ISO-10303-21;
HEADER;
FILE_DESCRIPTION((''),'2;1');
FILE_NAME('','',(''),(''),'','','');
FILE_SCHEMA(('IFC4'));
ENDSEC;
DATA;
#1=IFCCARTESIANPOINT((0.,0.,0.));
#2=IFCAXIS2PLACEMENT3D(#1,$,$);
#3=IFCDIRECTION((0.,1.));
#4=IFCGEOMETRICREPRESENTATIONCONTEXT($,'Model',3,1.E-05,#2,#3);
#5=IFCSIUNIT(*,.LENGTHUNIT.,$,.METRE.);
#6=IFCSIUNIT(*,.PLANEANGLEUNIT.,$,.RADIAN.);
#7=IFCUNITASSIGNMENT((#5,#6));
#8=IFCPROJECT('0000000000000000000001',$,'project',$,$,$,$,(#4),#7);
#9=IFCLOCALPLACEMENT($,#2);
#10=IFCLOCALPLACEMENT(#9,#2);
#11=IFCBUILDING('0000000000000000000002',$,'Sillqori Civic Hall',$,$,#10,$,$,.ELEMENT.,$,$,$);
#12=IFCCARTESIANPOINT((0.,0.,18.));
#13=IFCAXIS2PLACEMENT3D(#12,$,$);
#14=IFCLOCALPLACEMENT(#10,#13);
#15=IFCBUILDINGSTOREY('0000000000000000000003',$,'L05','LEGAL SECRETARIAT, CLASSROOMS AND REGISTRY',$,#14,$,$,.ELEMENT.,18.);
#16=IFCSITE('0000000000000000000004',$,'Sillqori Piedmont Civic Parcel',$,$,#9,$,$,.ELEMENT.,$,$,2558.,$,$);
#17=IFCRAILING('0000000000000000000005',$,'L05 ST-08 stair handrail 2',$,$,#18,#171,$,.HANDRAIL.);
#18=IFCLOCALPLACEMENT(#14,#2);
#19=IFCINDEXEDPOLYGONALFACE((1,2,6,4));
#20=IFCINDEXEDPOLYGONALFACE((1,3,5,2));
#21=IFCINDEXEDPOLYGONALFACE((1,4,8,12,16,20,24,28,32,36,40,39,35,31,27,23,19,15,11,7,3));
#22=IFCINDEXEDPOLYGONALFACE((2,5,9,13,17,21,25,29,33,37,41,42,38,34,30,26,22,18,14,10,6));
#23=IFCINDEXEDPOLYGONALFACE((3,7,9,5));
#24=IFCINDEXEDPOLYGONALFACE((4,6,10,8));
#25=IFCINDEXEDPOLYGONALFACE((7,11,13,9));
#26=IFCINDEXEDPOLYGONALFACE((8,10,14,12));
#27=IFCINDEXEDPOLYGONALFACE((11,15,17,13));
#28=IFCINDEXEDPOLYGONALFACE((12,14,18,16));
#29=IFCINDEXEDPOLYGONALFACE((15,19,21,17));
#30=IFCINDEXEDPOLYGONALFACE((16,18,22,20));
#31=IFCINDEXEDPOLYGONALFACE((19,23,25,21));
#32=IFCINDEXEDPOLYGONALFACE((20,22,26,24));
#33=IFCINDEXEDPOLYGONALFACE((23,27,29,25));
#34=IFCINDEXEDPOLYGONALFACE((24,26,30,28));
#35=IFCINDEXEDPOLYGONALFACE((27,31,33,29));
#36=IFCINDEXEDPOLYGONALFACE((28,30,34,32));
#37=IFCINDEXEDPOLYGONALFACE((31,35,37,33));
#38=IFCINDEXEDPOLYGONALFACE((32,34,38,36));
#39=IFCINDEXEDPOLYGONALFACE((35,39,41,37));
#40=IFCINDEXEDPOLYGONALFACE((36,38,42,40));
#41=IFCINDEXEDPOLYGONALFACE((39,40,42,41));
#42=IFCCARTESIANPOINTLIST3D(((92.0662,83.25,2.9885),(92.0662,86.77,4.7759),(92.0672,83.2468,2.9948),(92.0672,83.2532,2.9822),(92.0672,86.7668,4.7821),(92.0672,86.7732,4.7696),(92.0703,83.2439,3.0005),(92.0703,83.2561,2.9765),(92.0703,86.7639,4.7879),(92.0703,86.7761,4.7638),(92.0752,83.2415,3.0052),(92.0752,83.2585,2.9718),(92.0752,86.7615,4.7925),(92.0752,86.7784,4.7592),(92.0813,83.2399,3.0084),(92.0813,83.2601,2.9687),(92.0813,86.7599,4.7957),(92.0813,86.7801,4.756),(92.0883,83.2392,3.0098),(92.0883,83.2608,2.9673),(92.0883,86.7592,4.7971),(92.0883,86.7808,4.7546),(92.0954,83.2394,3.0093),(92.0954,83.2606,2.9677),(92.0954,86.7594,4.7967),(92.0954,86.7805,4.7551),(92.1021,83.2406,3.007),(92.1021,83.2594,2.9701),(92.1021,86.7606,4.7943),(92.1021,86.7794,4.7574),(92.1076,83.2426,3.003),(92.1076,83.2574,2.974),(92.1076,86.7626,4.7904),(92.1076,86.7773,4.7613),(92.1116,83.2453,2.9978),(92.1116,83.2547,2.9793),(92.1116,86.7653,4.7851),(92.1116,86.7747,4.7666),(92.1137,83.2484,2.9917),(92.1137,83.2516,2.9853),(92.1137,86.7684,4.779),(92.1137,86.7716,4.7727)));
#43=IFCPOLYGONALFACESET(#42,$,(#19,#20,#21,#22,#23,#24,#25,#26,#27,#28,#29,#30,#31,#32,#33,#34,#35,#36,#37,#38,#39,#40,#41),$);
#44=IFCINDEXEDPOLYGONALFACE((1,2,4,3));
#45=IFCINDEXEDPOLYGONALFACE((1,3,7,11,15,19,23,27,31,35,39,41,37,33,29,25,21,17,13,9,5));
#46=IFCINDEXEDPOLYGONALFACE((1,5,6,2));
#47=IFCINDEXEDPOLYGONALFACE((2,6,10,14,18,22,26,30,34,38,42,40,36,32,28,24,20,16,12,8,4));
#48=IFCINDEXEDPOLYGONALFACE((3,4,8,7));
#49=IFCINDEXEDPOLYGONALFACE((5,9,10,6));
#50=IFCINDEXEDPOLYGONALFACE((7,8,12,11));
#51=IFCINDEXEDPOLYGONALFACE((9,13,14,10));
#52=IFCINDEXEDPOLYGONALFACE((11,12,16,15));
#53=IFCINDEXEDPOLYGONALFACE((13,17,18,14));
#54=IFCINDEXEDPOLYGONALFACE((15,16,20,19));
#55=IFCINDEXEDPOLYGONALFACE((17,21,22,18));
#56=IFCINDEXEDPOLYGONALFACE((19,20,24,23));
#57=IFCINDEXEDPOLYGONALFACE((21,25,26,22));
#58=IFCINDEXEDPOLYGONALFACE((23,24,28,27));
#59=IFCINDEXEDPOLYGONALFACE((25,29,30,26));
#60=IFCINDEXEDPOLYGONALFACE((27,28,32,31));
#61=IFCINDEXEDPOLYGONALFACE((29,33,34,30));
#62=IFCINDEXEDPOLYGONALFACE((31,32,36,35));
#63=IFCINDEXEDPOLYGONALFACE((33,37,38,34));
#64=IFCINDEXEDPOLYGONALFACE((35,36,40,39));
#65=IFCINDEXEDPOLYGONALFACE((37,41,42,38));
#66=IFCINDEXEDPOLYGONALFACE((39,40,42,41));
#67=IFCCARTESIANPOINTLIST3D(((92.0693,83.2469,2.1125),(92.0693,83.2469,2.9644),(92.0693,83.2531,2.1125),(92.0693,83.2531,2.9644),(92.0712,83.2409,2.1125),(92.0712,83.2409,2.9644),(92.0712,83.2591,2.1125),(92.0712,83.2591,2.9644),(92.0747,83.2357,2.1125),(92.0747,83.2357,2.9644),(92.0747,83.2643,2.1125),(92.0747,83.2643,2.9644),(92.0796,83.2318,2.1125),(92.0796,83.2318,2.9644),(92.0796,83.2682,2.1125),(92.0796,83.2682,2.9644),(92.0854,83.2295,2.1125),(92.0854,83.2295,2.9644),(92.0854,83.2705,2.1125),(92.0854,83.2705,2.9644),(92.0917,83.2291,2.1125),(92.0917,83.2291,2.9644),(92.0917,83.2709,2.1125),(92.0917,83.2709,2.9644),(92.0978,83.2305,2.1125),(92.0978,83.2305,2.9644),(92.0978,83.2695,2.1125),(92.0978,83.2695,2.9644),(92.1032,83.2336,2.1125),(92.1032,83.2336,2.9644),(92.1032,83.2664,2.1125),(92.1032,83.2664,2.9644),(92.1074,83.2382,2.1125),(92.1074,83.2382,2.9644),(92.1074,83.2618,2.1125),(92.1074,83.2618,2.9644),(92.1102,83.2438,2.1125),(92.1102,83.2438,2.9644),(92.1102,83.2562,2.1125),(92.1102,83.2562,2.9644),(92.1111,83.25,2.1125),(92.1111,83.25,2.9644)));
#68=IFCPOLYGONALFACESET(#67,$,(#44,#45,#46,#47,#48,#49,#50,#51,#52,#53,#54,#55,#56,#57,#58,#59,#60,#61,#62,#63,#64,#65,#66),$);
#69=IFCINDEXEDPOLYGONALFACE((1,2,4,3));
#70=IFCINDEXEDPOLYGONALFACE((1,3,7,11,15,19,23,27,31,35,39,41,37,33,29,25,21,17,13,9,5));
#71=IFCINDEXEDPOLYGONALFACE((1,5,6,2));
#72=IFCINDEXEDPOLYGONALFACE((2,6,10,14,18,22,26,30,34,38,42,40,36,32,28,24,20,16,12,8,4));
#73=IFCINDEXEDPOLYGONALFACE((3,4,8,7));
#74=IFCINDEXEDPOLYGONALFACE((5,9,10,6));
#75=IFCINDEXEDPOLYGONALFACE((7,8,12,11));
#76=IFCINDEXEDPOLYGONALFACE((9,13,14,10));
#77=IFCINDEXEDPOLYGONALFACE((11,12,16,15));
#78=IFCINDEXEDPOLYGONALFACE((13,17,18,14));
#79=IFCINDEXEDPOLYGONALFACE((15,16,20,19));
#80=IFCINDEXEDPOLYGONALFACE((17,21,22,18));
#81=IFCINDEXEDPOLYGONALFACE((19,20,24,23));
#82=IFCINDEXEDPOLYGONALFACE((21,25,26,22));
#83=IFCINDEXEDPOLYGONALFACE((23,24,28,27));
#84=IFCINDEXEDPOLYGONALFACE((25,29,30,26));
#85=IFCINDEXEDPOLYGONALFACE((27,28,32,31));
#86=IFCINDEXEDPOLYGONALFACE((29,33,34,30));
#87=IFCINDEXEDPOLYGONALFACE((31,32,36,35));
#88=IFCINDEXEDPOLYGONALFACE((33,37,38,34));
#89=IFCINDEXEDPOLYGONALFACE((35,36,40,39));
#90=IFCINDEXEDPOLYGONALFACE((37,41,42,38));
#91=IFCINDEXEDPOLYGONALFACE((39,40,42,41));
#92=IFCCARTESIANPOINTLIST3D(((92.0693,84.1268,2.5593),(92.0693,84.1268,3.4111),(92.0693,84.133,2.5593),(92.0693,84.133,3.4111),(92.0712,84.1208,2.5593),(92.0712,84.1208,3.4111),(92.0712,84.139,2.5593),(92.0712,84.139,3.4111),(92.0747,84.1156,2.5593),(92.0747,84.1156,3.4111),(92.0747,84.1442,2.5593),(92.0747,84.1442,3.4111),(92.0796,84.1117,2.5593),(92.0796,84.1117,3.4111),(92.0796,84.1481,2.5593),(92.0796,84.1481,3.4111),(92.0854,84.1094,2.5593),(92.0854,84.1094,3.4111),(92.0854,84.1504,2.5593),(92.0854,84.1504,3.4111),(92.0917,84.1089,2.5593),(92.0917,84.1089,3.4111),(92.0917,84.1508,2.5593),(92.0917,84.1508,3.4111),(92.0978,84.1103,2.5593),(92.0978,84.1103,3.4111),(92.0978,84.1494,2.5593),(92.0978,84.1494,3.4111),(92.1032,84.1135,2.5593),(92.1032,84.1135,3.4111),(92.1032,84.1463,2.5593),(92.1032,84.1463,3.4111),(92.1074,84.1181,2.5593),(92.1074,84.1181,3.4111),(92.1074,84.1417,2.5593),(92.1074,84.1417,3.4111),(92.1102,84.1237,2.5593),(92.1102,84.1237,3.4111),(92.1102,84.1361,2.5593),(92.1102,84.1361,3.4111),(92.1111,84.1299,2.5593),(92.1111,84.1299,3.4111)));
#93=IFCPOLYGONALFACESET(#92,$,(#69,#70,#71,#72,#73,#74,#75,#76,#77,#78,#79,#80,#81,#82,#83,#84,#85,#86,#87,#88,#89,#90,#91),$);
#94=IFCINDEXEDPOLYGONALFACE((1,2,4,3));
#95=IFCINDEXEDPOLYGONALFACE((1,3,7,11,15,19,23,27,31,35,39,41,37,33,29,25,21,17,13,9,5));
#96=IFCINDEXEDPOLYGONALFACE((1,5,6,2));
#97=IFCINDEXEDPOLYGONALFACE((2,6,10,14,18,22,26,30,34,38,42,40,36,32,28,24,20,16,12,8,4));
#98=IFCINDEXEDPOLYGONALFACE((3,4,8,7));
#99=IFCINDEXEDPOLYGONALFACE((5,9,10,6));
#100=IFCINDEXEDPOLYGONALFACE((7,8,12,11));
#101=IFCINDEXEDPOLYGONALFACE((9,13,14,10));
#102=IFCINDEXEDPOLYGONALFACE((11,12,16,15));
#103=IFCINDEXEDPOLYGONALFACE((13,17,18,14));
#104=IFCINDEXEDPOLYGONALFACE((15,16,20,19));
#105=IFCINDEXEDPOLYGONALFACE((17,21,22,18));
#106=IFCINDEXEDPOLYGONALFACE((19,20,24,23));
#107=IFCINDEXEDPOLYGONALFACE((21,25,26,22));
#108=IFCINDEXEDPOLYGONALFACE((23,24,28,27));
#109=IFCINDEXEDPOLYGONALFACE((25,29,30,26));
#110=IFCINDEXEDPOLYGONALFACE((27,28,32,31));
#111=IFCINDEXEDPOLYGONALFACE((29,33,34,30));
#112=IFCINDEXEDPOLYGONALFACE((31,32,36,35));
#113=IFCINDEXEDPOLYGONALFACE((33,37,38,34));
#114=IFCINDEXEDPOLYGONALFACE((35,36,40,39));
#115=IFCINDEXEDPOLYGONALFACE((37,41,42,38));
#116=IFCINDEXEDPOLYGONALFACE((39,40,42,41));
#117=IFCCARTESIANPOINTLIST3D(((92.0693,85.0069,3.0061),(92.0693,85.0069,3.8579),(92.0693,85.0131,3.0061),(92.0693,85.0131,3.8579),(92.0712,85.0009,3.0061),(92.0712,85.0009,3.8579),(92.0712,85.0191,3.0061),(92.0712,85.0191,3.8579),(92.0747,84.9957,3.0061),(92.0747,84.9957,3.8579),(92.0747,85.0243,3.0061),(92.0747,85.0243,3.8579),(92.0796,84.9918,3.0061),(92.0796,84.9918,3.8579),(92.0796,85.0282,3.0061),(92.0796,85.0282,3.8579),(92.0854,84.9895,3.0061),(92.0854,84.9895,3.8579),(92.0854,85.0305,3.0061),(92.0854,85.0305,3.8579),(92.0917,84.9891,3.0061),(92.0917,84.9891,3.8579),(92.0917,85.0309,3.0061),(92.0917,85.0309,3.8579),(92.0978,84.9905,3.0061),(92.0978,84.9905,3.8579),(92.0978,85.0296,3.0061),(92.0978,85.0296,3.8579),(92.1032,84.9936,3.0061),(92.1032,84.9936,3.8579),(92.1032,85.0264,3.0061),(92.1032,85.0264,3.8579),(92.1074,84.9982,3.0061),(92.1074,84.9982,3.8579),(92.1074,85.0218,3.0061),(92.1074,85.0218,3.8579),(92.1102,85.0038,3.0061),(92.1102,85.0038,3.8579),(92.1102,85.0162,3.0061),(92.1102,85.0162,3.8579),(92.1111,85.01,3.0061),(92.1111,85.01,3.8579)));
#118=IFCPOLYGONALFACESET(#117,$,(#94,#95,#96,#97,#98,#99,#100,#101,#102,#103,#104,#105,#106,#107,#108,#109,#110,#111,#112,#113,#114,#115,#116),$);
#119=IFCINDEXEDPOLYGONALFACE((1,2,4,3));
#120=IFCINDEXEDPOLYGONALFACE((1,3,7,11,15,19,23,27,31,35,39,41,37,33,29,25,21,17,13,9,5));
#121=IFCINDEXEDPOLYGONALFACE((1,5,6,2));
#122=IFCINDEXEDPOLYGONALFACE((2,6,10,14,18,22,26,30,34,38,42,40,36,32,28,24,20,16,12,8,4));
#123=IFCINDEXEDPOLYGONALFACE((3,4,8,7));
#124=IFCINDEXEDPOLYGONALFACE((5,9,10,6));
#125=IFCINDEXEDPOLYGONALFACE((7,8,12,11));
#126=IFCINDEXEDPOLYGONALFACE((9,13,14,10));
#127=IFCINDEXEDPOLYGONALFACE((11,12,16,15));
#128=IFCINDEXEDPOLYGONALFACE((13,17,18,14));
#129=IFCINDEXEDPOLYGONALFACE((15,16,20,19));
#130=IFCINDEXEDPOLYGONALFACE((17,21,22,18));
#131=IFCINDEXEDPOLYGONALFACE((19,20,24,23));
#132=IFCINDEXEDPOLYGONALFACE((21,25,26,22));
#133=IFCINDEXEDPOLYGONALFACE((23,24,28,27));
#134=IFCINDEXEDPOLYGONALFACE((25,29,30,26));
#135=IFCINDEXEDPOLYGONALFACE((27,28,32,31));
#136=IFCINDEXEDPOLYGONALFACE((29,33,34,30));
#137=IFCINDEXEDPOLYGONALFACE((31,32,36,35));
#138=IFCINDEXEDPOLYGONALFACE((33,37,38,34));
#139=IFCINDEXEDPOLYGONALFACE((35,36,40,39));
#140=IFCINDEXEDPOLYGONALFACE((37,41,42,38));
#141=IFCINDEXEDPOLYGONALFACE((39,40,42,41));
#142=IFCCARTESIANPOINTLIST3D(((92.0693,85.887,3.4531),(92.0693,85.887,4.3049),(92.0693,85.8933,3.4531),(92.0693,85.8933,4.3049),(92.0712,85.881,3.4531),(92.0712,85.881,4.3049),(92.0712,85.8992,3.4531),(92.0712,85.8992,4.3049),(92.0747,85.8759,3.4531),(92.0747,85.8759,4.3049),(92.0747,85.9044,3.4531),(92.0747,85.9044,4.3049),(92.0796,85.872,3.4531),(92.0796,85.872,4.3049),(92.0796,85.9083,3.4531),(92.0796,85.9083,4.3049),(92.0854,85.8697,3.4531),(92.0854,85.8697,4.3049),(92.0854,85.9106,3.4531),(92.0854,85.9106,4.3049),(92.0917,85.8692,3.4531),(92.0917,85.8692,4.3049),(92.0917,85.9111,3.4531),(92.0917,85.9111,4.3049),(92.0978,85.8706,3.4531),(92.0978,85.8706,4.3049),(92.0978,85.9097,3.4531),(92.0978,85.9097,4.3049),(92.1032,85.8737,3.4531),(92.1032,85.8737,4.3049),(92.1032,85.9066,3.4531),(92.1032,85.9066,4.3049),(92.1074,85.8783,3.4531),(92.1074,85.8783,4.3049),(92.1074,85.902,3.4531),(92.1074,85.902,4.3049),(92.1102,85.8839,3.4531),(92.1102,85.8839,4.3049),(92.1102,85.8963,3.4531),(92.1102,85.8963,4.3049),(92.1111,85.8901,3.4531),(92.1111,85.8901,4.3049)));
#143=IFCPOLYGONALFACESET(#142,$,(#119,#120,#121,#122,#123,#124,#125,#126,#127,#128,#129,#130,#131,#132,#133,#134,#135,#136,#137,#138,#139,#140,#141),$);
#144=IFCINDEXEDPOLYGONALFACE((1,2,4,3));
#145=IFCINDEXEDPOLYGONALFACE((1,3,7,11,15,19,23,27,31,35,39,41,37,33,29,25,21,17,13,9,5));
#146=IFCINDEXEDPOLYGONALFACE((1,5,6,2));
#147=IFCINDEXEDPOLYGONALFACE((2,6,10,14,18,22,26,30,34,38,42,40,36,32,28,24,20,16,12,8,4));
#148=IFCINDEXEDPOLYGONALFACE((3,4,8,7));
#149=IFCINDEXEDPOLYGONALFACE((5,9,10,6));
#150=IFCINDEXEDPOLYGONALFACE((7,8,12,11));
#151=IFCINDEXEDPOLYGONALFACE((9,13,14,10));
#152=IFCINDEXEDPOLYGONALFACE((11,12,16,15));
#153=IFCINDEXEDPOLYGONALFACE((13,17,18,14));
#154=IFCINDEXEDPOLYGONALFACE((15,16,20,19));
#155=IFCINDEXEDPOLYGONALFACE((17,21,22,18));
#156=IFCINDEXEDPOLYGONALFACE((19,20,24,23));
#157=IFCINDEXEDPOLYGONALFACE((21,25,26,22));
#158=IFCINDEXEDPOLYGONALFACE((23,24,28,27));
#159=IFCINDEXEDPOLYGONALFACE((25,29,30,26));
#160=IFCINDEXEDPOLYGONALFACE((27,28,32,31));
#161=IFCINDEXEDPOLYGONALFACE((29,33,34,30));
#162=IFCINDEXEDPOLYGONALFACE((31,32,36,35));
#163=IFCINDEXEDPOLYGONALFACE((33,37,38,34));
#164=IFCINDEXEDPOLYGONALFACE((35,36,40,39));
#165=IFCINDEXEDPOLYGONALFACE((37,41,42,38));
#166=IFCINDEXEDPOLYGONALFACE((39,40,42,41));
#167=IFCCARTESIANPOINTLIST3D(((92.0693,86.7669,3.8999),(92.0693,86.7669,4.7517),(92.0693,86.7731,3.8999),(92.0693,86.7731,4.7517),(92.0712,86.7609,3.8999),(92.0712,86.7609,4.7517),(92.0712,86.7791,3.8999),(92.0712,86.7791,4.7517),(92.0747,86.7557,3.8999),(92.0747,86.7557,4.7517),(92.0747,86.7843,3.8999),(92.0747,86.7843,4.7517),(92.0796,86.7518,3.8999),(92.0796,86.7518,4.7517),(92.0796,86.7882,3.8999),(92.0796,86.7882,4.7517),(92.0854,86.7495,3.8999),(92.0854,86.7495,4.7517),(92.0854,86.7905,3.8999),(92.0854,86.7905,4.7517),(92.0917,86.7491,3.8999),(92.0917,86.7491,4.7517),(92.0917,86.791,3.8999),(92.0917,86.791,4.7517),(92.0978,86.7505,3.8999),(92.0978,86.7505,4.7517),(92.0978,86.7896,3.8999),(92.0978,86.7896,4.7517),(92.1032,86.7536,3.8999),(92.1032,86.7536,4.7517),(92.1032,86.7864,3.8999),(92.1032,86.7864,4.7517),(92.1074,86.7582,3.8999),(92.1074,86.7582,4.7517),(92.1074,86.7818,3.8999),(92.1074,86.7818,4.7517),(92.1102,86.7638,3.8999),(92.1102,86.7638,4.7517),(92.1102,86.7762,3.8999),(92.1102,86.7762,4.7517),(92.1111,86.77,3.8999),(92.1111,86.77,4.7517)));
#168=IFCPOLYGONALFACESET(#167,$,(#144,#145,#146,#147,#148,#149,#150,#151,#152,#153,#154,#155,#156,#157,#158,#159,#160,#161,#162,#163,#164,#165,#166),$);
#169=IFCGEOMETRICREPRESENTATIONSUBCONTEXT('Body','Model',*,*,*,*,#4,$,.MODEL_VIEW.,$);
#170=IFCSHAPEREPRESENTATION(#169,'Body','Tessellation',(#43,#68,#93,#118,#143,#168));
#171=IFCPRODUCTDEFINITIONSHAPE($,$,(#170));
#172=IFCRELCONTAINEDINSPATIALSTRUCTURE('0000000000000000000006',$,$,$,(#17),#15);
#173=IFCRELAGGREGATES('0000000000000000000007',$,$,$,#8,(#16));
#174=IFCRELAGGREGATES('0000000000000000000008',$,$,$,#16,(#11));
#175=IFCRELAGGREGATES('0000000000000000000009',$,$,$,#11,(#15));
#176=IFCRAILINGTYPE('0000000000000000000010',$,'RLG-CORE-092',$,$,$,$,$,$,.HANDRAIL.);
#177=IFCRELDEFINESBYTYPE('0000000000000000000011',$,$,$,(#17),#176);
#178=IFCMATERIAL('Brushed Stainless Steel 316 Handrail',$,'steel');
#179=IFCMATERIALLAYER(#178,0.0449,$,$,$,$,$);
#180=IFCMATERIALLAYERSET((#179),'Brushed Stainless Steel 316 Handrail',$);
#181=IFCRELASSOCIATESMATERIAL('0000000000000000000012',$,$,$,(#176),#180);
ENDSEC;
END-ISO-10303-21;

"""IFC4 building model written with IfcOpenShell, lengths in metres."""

from ifc_helpers import new_model, si_unit, direction, frame, origin, origin_2d, place, context, subcontext, project, spatial, circle, extrude, material, layer, layer_set, type_object, element, save


model = new_model("IFC4")

# Units and contexts
model_context = context("Model", 3, precision=1e-05, world=origin(), true_north=direction((0.0, 1.0)))
body_context = subcontext(model_context, "Body", "Model", "MODEL_VIEW")
ifc_project = project(units=[si_unit("LENGTHUNIT", "METRE"), si_unit("PLANEANGLEUNIT", "RADIAN")], contexts=[model_context])

# Site, building, storey
site_placement = place(None, origin())
site = spatial("IfcSite", under=ifc_project, at=site_placement, Name="Sillqori Piedmont Civic Parcel", CompositionType="ELEMENT", RefElevation=2558.0)
building_placement = place(site_placement, origin())
building = spatial("IfcBuilding", under=site, at=building_placement, Name="Sillqori Civic Hall", CompositionType="ELEMENT")
storey_placement = place(building_placement, frame((0.0, 0.0, 18.0)))
storey = spatial("IfcBuildingStorey", under=building, at=storey_placement, Name="L05", Description="LEGAL SECRETARIAT, CLASSROOMS AND REGISTRY", CompositionType="ELEMENT", Elevation=18.0)

# Railing
ifc_material_1 = material(Name="Brushed Stainless Steel 316 Handrail", Category="steel")
ifc_layer_1 = layer(ifc_material_1, 0.0449)
ifc_layer_set_1 = layer_set([ifc_layer_1], Name="Brushed Stainless Steel 316 Handrail")
railing_type_1 = type_object("IfcRailingType", Name="RLG-CORE-092", PredefinedType="HANDRAIL", material=ifc_layer_set_1)
for number, where, name in (
    (1, (92.0901, 83.25, 2.1125), "L05 ST-08 stair handrail 2"),
):
    element("IfcRailing", number, at=place(storey_placement, frame(where)), inside=storey, type_object=railing_type_1, Name=name, PredefinedType="HANDRAIL", context=body_context, shape_type="SweptSolid", body=[
        extrude(circle(Radius=0.0239, at=origin_2d()), frame((0.0, 0.0, 0.876), z_axis=(0.0, 0.89164, 0.452746), x_axis=(-1.0, 0.0, 0.0)), (0.0, 0.0, 1.0), 3.9478),
        extrude(circle(Radius=0.021, at=origin_2d()), origin(), (0.0, 0.0, 1.0), 0.8518),
        extrude(circle(Radius=0.021, at=origin_2d()), frame((0.0, 0.8799, 0.4468)), (0.0, 0.0, 1.0), 0.8518),
        extrude(circle(Radius=0.021, at=origin_2d()), frame((0.0, 1.76, 0.8936)), (0.0, 0.0, 1.0), 0.8518),
        extrude(circle(Radius=0.021, at=origin_2d()), frame((0.0, 2.6401, 1.3406)), (0.0, 0.0, 1.0), 0.8518),
        extrude(circle(Radius=0.021, at=origin_2d()), frame((0.0, 3.52, 1.7874)), (0.0, 0.0, 1.0), 0.8518),
    ])

save(model, "model.ifc")
